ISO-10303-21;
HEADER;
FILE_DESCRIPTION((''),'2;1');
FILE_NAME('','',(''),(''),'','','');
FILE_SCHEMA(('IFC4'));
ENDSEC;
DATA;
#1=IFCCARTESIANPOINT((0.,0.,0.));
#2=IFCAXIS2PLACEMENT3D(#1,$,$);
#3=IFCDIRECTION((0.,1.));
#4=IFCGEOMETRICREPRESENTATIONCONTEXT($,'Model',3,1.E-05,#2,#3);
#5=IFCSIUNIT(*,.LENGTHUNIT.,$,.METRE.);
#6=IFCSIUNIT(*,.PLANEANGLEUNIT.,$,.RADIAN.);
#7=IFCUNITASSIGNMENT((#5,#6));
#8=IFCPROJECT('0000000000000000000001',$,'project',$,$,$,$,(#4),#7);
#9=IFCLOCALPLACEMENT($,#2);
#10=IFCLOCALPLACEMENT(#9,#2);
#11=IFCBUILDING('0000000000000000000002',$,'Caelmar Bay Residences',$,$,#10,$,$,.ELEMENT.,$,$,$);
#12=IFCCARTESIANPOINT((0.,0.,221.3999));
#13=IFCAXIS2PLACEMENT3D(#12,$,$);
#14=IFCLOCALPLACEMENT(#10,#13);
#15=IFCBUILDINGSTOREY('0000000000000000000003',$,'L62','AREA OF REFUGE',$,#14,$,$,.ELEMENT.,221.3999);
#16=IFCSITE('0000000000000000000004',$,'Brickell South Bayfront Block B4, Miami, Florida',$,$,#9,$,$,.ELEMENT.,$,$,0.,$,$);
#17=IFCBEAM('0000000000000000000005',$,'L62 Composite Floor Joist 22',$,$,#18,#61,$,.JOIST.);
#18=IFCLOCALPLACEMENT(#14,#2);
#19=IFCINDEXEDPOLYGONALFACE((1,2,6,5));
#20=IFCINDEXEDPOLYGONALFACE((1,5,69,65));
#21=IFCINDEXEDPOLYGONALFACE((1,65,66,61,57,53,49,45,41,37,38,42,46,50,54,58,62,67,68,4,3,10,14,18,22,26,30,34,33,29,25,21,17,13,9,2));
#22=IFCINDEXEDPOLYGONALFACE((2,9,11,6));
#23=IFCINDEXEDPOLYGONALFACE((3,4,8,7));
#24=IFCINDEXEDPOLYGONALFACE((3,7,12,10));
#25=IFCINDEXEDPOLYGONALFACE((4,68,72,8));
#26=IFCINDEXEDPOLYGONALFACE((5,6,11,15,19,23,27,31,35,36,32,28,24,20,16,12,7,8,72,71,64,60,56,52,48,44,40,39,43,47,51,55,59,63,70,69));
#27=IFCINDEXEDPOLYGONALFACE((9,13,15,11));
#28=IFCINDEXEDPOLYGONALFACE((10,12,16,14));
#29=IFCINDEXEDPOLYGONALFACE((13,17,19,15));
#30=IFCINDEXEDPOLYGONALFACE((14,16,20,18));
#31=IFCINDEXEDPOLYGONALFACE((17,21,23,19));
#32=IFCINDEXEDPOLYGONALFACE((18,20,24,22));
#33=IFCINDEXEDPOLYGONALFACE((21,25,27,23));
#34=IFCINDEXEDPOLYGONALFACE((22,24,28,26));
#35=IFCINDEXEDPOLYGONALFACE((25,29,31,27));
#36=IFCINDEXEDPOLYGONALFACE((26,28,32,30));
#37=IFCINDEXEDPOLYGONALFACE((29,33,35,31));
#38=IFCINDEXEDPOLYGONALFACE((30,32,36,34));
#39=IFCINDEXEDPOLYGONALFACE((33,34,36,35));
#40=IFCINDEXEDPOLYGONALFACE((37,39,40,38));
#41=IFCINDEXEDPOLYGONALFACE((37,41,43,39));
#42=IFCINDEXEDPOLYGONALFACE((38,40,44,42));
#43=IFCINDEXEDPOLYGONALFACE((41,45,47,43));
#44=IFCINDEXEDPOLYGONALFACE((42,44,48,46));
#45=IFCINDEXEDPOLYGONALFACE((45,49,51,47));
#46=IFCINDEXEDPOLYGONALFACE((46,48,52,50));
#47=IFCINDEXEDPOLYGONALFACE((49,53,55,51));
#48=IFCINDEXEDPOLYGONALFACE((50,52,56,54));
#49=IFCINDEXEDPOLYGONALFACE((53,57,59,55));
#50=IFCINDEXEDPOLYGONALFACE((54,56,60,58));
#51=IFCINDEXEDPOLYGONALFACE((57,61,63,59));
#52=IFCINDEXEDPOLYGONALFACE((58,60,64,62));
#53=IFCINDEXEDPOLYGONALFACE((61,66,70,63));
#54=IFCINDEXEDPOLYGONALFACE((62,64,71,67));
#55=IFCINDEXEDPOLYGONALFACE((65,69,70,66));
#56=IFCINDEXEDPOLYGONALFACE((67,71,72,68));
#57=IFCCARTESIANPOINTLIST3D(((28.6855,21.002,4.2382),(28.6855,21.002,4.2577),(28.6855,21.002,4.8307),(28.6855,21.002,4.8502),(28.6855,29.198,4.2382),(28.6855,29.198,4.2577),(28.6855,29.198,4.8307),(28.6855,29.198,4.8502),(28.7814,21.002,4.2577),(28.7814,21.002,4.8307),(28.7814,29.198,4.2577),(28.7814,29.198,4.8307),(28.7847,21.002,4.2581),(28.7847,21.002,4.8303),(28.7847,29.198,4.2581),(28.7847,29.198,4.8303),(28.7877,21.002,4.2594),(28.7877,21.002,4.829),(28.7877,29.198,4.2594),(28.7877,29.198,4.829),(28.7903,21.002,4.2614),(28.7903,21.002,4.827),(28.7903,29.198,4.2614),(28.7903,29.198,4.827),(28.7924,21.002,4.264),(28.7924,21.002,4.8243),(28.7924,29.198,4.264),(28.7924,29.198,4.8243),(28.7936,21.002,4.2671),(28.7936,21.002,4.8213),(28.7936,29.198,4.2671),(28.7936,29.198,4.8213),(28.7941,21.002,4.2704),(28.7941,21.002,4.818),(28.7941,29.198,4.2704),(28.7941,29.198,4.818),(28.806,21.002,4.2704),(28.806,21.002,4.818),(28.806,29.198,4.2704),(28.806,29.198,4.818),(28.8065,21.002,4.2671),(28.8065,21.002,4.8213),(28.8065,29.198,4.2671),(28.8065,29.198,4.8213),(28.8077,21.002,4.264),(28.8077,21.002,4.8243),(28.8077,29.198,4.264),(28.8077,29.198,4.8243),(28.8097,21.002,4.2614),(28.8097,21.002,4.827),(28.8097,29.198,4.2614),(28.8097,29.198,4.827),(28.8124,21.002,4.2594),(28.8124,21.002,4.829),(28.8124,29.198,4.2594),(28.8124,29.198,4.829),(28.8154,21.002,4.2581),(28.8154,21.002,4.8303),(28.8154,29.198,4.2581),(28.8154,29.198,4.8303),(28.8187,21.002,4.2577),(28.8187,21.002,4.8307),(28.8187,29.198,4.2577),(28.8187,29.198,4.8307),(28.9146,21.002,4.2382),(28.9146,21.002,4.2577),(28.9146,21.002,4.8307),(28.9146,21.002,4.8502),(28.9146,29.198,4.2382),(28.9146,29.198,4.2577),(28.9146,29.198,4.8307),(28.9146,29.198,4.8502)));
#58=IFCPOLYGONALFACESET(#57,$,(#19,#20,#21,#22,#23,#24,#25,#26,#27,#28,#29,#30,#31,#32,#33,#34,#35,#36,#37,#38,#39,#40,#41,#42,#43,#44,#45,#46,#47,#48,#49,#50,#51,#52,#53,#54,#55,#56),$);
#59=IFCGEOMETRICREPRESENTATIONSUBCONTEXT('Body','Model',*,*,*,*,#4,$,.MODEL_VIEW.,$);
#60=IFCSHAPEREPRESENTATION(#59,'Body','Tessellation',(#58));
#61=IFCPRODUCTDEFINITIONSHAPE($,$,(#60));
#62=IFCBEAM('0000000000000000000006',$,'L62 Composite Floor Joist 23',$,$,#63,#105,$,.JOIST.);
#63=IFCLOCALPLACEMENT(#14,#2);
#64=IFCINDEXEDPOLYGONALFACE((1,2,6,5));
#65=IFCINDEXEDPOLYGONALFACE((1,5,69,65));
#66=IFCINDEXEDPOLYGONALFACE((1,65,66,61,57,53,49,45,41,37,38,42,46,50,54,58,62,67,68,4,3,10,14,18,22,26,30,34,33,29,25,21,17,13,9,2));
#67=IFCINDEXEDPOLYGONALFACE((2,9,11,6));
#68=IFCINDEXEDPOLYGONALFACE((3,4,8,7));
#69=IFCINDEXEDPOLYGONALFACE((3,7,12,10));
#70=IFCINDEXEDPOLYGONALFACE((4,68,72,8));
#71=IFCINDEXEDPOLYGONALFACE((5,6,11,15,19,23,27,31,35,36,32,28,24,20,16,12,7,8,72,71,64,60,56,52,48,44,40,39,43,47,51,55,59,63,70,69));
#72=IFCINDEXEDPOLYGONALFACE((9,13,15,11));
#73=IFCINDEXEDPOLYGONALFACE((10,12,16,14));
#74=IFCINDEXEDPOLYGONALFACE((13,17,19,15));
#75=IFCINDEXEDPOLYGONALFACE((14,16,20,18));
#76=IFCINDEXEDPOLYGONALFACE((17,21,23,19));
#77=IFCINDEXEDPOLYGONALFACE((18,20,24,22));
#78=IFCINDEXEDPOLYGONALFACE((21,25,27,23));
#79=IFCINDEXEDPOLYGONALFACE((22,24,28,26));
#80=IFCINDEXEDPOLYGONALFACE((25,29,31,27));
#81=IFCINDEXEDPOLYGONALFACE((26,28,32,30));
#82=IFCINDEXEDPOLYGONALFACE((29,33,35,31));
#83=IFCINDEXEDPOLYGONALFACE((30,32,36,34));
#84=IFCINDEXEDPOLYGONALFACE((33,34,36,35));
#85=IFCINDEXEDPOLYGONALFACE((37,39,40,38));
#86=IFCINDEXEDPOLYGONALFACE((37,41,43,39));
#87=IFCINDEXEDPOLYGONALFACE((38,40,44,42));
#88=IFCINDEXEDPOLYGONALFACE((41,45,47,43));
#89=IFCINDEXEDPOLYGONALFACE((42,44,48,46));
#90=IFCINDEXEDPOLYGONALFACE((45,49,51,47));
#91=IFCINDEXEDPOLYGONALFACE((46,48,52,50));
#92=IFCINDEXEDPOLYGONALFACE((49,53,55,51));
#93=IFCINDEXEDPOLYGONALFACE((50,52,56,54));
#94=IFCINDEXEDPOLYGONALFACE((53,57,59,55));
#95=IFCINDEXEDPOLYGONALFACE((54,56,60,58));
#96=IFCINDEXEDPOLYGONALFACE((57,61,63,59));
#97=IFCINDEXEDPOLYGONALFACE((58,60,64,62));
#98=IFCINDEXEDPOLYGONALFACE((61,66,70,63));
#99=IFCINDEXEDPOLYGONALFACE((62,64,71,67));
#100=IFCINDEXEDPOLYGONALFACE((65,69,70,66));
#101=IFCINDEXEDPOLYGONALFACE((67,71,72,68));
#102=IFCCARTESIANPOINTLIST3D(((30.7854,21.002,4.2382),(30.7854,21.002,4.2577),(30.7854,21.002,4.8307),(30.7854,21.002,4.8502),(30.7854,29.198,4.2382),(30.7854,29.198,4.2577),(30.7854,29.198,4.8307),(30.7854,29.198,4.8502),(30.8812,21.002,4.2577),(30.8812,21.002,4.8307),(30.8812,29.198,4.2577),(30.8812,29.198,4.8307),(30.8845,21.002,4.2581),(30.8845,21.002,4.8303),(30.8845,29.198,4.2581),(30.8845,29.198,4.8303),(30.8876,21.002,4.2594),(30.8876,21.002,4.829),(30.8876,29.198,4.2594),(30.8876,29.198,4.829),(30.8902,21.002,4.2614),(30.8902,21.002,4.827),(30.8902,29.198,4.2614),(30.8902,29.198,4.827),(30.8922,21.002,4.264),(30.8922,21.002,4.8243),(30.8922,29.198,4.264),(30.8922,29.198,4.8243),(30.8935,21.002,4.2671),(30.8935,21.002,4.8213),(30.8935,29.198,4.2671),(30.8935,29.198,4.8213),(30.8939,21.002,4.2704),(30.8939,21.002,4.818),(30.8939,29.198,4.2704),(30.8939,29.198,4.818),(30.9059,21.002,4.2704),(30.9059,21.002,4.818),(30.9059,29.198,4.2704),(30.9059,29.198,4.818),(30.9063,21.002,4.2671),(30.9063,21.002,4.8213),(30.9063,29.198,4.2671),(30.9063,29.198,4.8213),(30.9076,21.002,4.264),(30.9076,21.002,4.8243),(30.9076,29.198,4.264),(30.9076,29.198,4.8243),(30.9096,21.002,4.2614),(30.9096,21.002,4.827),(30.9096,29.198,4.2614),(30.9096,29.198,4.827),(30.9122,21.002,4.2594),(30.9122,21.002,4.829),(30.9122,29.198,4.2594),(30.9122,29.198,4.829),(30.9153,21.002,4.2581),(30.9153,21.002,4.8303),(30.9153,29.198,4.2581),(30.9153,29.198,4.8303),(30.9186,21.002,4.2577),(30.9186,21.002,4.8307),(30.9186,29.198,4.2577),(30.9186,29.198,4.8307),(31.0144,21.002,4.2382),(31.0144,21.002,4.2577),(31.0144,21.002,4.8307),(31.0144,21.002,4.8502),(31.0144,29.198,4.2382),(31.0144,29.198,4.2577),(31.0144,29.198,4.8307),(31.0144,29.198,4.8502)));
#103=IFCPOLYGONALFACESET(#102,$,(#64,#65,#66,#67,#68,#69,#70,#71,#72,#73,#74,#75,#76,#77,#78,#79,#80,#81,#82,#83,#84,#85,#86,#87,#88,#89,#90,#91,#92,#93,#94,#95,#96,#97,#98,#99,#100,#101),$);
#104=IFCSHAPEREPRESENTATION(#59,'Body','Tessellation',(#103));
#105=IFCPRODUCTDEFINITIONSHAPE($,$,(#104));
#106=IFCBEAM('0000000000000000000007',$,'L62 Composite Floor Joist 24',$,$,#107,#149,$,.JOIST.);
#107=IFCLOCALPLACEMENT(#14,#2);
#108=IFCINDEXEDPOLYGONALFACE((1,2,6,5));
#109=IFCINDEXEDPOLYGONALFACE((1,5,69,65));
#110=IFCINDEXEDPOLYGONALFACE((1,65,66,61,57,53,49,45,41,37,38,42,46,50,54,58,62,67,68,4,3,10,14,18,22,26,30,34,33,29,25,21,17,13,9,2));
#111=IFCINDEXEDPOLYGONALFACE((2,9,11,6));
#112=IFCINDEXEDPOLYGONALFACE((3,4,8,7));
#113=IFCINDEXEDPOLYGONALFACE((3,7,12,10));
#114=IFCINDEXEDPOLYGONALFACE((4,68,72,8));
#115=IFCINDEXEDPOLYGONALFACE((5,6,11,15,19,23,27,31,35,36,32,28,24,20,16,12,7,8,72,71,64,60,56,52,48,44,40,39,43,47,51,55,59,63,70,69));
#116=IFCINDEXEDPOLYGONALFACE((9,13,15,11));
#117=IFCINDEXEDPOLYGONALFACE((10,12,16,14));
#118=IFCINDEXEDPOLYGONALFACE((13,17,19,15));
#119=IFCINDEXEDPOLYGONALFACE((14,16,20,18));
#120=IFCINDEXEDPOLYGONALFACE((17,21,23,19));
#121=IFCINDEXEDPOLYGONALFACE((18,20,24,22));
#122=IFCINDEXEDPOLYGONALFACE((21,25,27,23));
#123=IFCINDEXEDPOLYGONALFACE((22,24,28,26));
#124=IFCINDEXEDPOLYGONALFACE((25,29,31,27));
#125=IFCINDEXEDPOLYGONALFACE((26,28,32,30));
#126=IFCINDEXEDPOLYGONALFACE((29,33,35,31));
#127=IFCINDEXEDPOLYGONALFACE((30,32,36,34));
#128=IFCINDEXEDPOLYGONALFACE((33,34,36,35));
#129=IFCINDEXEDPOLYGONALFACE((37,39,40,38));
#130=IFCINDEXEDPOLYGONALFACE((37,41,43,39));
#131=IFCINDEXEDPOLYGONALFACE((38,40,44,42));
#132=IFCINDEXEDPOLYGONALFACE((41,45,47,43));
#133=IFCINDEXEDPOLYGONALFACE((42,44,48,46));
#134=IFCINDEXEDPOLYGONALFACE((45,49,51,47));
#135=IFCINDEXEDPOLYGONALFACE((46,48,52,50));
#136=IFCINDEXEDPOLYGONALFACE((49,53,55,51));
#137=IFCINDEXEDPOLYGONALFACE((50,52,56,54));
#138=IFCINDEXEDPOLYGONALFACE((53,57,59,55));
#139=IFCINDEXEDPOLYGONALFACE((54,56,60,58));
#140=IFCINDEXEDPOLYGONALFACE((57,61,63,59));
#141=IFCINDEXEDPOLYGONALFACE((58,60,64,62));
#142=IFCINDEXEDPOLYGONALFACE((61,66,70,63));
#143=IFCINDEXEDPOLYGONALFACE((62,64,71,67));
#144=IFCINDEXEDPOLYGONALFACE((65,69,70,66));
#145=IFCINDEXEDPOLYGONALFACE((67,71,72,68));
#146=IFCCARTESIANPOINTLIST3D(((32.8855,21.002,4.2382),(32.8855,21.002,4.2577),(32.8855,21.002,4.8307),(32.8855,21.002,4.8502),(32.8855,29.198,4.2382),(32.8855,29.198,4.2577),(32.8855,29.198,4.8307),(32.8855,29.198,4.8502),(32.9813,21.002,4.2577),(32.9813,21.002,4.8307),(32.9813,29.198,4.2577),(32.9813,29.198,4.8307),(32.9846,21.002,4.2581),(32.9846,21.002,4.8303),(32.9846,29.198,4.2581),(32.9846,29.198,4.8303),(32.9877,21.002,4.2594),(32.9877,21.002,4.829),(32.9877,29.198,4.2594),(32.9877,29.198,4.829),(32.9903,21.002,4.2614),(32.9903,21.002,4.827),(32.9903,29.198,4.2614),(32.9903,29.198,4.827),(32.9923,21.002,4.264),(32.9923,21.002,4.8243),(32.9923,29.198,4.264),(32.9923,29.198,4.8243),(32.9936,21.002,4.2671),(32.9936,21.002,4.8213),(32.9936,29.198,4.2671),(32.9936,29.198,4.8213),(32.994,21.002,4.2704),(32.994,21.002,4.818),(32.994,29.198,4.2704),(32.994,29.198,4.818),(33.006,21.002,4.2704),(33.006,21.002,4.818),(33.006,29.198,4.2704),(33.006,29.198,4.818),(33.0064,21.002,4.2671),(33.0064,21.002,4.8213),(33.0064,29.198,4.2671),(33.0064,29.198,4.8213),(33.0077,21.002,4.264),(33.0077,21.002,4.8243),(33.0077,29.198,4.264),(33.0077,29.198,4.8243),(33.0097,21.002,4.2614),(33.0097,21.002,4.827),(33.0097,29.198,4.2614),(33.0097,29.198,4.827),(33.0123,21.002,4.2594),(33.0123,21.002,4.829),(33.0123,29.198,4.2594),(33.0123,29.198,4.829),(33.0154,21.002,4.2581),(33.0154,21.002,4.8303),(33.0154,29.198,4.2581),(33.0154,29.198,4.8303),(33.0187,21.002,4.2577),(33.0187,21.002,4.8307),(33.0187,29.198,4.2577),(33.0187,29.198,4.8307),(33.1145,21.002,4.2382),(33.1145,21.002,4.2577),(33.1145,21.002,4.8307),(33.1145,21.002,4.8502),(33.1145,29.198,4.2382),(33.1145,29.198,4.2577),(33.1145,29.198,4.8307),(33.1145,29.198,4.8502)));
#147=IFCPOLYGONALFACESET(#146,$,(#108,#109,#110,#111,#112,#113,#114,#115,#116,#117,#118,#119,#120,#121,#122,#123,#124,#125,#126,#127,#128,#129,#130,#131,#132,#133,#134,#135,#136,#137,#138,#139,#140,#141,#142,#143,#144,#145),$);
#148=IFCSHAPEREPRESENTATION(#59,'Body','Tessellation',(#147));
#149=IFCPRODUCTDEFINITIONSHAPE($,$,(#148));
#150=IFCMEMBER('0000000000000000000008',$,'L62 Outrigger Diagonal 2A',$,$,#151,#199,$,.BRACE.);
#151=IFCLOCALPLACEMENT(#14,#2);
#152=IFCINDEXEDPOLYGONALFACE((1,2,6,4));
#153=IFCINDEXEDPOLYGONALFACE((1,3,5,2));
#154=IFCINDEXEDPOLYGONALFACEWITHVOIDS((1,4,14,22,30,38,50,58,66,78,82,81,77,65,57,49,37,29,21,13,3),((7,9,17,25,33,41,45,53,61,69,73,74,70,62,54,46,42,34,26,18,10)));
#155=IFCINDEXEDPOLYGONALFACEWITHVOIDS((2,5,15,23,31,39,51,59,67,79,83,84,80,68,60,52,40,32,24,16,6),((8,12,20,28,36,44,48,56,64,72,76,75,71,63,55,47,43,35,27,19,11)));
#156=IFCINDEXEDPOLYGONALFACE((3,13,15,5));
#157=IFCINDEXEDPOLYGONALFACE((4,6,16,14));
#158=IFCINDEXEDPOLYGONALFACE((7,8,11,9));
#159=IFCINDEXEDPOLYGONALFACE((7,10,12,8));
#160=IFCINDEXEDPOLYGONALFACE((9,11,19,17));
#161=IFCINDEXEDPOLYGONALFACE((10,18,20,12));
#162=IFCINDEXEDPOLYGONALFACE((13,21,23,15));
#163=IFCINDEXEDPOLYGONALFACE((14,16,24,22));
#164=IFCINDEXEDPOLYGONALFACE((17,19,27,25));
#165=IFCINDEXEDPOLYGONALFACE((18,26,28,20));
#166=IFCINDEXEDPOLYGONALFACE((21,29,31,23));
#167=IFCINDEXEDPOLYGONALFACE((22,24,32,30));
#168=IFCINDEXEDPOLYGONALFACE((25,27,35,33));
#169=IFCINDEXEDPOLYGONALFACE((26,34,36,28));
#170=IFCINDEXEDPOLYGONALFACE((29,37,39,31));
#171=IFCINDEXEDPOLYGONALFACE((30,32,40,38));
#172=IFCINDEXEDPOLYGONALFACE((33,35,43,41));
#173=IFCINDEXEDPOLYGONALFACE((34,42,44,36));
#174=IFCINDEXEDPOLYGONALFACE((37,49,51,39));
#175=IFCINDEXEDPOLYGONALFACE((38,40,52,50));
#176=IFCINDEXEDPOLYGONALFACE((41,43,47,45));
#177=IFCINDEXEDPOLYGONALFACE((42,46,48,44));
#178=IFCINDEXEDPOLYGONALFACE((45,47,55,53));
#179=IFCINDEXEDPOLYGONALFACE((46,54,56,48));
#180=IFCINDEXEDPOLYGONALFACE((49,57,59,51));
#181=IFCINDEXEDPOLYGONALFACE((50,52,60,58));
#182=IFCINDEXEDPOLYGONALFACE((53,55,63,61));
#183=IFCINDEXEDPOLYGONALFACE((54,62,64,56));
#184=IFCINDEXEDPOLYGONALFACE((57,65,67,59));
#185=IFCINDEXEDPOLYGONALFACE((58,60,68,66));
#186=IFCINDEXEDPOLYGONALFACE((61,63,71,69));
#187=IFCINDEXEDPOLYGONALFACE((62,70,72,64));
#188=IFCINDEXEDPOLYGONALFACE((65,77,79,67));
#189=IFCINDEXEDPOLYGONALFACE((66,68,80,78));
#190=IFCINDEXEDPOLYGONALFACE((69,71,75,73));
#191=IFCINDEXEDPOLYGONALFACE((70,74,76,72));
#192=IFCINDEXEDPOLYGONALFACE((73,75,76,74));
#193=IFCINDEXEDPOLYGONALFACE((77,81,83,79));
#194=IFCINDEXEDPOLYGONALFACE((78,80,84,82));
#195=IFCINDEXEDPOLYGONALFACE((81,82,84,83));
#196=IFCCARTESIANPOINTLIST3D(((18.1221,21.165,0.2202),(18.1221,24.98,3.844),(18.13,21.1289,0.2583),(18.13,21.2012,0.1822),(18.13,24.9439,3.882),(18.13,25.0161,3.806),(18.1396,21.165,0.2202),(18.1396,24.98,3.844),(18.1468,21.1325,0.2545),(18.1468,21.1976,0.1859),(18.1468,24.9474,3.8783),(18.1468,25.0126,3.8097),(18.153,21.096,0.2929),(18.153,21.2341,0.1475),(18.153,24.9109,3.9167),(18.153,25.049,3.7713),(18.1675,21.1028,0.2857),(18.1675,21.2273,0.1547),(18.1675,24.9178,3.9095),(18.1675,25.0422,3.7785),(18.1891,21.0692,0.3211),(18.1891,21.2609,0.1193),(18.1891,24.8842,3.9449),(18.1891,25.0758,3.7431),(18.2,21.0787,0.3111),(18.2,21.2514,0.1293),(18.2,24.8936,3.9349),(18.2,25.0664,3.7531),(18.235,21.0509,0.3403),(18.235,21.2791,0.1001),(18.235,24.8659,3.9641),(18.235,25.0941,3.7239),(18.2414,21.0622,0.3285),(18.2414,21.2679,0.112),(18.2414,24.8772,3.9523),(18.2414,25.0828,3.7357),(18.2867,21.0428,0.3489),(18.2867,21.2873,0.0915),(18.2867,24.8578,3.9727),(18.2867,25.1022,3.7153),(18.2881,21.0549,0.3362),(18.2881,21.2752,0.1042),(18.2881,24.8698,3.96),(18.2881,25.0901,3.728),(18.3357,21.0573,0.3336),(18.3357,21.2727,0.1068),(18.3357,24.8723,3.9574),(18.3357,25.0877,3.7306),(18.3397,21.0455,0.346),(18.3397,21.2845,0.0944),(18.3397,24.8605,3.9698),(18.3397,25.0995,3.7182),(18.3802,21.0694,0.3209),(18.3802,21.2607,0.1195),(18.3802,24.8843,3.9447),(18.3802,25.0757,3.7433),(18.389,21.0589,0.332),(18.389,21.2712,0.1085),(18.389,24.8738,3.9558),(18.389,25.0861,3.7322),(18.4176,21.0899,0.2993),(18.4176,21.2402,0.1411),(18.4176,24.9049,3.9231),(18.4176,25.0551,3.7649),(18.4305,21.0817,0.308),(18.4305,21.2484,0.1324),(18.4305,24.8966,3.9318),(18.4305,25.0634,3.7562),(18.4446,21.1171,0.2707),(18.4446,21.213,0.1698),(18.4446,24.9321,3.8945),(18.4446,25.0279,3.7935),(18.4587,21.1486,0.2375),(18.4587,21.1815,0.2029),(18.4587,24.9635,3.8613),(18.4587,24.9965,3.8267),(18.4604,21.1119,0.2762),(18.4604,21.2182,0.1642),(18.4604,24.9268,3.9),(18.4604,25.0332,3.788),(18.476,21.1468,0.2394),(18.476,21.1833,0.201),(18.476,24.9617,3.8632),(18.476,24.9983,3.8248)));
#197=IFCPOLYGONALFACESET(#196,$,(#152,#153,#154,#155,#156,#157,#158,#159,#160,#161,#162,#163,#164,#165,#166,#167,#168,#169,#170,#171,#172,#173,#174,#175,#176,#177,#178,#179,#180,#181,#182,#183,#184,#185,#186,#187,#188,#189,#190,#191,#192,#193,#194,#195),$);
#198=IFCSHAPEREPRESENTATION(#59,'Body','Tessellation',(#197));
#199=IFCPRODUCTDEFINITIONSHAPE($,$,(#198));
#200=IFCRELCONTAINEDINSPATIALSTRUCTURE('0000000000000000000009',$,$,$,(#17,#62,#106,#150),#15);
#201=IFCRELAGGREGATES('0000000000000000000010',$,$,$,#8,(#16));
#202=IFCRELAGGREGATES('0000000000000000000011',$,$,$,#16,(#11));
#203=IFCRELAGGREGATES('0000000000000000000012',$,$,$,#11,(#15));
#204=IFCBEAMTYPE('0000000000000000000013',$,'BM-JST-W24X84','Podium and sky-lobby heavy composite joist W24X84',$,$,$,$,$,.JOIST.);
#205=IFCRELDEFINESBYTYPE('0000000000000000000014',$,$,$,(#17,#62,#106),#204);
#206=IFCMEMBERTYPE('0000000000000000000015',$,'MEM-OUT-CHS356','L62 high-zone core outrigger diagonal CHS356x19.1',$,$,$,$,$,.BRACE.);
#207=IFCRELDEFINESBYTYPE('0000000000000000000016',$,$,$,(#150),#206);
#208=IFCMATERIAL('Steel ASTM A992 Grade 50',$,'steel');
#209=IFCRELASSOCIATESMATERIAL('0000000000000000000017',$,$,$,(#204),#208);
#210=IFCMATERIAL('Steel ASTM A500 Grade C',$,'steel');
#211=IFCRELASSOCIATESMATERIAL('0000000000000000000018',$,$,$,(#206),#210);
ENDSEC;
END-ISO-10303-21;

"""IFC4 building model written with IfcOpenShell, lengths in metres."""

from ifc_helpers import new_model, si_unit, direction, frame, origin, origin_2d, place, context, subcontext, project, spatial, hollow_circle, i_section, extrude, material, material_profile, profile_set, type_object, element, save


model = new_model("IFC4")

# Units and contexts
model_context = context("Model", 3, precision=1e-05, world=origin(), true_north=direction((0.0, 1.0)))
body_context = subcontext(model_context, "Body", "Model", "MODEL_VIEW")
ifc_project = project(units=[si_unit("LENGTHUNIT", "METRE"), si_unit("PLANEANGLEUNIT", "RADIAN")], contexts=[model_context])

# Site, building, storey
site_placement = place(None, origin())
site = spatial("IfcSite", under=ifc_project, at=site_placement, Name="Brickell South Bayfront Block B4, Miami, Florida", CompositionType="ELEMENT", RefElevation=0.0)
building_placement = place(site_placement, origin())
building = spatial("IfcBuilding", under=site, at=building_placement, Name="Caelmar Bay Residences", CompositionType="ELEMENT")
storey_placement = place(building_placement, frame((0.0, 0.0, 221.3999)))
storey = spatial("IfcBuildingStorey", under=building, at=storey_placement, Name="L62", Description="AREA OF REFUGE", CompositionType="ELEMENT", Elevation=221.3999)

# Beams
ifc_material_1 = material(Name="Steel ASTM A992 Grade 50", Category="steel")
ifc_material_profile_1 = material_profile(ifc_material_1, i_section(OverallWidth=0.229, OverallDepth=0.6121, WebThickness=0.012, FlangeThickness=0.0195, FilletRadius=0.0127, at=origin_2d()), Name="W24X84")
ifc_profile_set_1 = profile_set([ifc_material_profile_1], Name="Steel ASTM A992 Grade 50")
beam_type_1 = type_object("IfcBeamType", Name="BM-JST-W24X84", Description="Podium and sky-lobby heavy composite joist W24X84", PredefinedType="JOIST", material=ifc_profile_set_1)
for number, where, z_axis, x_axis, name in (
    (1, (28.8, 21.002, 4.5442), (0.0, 1.0, 0.0), (-1.0, 0.0, 0.0), "L62 Composite Floor Joist 22"),
    (2, (30.8999, 21.002, 4.5442), (0.0, 1.0, 0.0), (-1.0, 0.0, 0.0), "L62 Composite Floor Joist 23"),
    (3, (33.0, 21.002, 4.5442), (0.0, 1.0, 0.0), (-1.0, 0.0, 0.0), "L62 Composite Floor Joist 24"),
):
    element("IfcBeam", number, at=place(storey_placement, frame(where, z_axis=z_axis, x_axis=x_axis)), inside=storey, type_object=beam_type_1, Name=name, PredefinedType="JOIST", context=body_context, shape_type="SweptSolid", body=[
        extrude(i_section(OverallWidth=0.229, OverallDepth=0.6121, WebThickness=0.012, FlangeThickness=0.0195, FilletRadius=0.0127, at=origin_2d()), origin(), (0.0, 0.0, 1.0), 8.196),
    ])

# Member
ifc_material_2 = material(Name="Steel ASTM A500 Grade C", Category="steel")
ifc_material_profile_2 = material_profile(ifc_material_2, hollow_circle(Radius=0.178, WallThickness=0.0176, at=origin_2d()), Name="CHS356X19.1")
ifc_profile_set_2 = profile_set([ifc_material_profile_2], Name="Steel ASTM A500 Grade C")
member_type_1 = type_object("IfcMemberType", Name="MEM-OUT-CHS356", Description="L62 high-zone core outrigger diagonal CHS356x19.1", PredefinedType="BRACE", material=ifc_profile_set_2)
for number, where, z_axis, x_axis, name in (
    (4, (18.3, 21.165, 0.2202), (0.0, 0.725039, 0.688708), (-1.0, 0.0, 0.0), "L62 Outrigger Diagonal 2A"),
):
    element("IfcMember", number, at=place(storey_placement, frame(where, z_axis=z_axis, x_axis=x_axis)), inside=storey, type_object=member_type_1, Name=name, PredefinedType="BRACE", context=body_context, shape_type="SweptSolid", body=[
        extrude(hollow_circle(Radius=0.178, WallThickness=0.0176, at=origin_2d()), origin(), (0.0, 0.0, 1.0), 5.2617),
    ])

save(model, "model.ifc")
